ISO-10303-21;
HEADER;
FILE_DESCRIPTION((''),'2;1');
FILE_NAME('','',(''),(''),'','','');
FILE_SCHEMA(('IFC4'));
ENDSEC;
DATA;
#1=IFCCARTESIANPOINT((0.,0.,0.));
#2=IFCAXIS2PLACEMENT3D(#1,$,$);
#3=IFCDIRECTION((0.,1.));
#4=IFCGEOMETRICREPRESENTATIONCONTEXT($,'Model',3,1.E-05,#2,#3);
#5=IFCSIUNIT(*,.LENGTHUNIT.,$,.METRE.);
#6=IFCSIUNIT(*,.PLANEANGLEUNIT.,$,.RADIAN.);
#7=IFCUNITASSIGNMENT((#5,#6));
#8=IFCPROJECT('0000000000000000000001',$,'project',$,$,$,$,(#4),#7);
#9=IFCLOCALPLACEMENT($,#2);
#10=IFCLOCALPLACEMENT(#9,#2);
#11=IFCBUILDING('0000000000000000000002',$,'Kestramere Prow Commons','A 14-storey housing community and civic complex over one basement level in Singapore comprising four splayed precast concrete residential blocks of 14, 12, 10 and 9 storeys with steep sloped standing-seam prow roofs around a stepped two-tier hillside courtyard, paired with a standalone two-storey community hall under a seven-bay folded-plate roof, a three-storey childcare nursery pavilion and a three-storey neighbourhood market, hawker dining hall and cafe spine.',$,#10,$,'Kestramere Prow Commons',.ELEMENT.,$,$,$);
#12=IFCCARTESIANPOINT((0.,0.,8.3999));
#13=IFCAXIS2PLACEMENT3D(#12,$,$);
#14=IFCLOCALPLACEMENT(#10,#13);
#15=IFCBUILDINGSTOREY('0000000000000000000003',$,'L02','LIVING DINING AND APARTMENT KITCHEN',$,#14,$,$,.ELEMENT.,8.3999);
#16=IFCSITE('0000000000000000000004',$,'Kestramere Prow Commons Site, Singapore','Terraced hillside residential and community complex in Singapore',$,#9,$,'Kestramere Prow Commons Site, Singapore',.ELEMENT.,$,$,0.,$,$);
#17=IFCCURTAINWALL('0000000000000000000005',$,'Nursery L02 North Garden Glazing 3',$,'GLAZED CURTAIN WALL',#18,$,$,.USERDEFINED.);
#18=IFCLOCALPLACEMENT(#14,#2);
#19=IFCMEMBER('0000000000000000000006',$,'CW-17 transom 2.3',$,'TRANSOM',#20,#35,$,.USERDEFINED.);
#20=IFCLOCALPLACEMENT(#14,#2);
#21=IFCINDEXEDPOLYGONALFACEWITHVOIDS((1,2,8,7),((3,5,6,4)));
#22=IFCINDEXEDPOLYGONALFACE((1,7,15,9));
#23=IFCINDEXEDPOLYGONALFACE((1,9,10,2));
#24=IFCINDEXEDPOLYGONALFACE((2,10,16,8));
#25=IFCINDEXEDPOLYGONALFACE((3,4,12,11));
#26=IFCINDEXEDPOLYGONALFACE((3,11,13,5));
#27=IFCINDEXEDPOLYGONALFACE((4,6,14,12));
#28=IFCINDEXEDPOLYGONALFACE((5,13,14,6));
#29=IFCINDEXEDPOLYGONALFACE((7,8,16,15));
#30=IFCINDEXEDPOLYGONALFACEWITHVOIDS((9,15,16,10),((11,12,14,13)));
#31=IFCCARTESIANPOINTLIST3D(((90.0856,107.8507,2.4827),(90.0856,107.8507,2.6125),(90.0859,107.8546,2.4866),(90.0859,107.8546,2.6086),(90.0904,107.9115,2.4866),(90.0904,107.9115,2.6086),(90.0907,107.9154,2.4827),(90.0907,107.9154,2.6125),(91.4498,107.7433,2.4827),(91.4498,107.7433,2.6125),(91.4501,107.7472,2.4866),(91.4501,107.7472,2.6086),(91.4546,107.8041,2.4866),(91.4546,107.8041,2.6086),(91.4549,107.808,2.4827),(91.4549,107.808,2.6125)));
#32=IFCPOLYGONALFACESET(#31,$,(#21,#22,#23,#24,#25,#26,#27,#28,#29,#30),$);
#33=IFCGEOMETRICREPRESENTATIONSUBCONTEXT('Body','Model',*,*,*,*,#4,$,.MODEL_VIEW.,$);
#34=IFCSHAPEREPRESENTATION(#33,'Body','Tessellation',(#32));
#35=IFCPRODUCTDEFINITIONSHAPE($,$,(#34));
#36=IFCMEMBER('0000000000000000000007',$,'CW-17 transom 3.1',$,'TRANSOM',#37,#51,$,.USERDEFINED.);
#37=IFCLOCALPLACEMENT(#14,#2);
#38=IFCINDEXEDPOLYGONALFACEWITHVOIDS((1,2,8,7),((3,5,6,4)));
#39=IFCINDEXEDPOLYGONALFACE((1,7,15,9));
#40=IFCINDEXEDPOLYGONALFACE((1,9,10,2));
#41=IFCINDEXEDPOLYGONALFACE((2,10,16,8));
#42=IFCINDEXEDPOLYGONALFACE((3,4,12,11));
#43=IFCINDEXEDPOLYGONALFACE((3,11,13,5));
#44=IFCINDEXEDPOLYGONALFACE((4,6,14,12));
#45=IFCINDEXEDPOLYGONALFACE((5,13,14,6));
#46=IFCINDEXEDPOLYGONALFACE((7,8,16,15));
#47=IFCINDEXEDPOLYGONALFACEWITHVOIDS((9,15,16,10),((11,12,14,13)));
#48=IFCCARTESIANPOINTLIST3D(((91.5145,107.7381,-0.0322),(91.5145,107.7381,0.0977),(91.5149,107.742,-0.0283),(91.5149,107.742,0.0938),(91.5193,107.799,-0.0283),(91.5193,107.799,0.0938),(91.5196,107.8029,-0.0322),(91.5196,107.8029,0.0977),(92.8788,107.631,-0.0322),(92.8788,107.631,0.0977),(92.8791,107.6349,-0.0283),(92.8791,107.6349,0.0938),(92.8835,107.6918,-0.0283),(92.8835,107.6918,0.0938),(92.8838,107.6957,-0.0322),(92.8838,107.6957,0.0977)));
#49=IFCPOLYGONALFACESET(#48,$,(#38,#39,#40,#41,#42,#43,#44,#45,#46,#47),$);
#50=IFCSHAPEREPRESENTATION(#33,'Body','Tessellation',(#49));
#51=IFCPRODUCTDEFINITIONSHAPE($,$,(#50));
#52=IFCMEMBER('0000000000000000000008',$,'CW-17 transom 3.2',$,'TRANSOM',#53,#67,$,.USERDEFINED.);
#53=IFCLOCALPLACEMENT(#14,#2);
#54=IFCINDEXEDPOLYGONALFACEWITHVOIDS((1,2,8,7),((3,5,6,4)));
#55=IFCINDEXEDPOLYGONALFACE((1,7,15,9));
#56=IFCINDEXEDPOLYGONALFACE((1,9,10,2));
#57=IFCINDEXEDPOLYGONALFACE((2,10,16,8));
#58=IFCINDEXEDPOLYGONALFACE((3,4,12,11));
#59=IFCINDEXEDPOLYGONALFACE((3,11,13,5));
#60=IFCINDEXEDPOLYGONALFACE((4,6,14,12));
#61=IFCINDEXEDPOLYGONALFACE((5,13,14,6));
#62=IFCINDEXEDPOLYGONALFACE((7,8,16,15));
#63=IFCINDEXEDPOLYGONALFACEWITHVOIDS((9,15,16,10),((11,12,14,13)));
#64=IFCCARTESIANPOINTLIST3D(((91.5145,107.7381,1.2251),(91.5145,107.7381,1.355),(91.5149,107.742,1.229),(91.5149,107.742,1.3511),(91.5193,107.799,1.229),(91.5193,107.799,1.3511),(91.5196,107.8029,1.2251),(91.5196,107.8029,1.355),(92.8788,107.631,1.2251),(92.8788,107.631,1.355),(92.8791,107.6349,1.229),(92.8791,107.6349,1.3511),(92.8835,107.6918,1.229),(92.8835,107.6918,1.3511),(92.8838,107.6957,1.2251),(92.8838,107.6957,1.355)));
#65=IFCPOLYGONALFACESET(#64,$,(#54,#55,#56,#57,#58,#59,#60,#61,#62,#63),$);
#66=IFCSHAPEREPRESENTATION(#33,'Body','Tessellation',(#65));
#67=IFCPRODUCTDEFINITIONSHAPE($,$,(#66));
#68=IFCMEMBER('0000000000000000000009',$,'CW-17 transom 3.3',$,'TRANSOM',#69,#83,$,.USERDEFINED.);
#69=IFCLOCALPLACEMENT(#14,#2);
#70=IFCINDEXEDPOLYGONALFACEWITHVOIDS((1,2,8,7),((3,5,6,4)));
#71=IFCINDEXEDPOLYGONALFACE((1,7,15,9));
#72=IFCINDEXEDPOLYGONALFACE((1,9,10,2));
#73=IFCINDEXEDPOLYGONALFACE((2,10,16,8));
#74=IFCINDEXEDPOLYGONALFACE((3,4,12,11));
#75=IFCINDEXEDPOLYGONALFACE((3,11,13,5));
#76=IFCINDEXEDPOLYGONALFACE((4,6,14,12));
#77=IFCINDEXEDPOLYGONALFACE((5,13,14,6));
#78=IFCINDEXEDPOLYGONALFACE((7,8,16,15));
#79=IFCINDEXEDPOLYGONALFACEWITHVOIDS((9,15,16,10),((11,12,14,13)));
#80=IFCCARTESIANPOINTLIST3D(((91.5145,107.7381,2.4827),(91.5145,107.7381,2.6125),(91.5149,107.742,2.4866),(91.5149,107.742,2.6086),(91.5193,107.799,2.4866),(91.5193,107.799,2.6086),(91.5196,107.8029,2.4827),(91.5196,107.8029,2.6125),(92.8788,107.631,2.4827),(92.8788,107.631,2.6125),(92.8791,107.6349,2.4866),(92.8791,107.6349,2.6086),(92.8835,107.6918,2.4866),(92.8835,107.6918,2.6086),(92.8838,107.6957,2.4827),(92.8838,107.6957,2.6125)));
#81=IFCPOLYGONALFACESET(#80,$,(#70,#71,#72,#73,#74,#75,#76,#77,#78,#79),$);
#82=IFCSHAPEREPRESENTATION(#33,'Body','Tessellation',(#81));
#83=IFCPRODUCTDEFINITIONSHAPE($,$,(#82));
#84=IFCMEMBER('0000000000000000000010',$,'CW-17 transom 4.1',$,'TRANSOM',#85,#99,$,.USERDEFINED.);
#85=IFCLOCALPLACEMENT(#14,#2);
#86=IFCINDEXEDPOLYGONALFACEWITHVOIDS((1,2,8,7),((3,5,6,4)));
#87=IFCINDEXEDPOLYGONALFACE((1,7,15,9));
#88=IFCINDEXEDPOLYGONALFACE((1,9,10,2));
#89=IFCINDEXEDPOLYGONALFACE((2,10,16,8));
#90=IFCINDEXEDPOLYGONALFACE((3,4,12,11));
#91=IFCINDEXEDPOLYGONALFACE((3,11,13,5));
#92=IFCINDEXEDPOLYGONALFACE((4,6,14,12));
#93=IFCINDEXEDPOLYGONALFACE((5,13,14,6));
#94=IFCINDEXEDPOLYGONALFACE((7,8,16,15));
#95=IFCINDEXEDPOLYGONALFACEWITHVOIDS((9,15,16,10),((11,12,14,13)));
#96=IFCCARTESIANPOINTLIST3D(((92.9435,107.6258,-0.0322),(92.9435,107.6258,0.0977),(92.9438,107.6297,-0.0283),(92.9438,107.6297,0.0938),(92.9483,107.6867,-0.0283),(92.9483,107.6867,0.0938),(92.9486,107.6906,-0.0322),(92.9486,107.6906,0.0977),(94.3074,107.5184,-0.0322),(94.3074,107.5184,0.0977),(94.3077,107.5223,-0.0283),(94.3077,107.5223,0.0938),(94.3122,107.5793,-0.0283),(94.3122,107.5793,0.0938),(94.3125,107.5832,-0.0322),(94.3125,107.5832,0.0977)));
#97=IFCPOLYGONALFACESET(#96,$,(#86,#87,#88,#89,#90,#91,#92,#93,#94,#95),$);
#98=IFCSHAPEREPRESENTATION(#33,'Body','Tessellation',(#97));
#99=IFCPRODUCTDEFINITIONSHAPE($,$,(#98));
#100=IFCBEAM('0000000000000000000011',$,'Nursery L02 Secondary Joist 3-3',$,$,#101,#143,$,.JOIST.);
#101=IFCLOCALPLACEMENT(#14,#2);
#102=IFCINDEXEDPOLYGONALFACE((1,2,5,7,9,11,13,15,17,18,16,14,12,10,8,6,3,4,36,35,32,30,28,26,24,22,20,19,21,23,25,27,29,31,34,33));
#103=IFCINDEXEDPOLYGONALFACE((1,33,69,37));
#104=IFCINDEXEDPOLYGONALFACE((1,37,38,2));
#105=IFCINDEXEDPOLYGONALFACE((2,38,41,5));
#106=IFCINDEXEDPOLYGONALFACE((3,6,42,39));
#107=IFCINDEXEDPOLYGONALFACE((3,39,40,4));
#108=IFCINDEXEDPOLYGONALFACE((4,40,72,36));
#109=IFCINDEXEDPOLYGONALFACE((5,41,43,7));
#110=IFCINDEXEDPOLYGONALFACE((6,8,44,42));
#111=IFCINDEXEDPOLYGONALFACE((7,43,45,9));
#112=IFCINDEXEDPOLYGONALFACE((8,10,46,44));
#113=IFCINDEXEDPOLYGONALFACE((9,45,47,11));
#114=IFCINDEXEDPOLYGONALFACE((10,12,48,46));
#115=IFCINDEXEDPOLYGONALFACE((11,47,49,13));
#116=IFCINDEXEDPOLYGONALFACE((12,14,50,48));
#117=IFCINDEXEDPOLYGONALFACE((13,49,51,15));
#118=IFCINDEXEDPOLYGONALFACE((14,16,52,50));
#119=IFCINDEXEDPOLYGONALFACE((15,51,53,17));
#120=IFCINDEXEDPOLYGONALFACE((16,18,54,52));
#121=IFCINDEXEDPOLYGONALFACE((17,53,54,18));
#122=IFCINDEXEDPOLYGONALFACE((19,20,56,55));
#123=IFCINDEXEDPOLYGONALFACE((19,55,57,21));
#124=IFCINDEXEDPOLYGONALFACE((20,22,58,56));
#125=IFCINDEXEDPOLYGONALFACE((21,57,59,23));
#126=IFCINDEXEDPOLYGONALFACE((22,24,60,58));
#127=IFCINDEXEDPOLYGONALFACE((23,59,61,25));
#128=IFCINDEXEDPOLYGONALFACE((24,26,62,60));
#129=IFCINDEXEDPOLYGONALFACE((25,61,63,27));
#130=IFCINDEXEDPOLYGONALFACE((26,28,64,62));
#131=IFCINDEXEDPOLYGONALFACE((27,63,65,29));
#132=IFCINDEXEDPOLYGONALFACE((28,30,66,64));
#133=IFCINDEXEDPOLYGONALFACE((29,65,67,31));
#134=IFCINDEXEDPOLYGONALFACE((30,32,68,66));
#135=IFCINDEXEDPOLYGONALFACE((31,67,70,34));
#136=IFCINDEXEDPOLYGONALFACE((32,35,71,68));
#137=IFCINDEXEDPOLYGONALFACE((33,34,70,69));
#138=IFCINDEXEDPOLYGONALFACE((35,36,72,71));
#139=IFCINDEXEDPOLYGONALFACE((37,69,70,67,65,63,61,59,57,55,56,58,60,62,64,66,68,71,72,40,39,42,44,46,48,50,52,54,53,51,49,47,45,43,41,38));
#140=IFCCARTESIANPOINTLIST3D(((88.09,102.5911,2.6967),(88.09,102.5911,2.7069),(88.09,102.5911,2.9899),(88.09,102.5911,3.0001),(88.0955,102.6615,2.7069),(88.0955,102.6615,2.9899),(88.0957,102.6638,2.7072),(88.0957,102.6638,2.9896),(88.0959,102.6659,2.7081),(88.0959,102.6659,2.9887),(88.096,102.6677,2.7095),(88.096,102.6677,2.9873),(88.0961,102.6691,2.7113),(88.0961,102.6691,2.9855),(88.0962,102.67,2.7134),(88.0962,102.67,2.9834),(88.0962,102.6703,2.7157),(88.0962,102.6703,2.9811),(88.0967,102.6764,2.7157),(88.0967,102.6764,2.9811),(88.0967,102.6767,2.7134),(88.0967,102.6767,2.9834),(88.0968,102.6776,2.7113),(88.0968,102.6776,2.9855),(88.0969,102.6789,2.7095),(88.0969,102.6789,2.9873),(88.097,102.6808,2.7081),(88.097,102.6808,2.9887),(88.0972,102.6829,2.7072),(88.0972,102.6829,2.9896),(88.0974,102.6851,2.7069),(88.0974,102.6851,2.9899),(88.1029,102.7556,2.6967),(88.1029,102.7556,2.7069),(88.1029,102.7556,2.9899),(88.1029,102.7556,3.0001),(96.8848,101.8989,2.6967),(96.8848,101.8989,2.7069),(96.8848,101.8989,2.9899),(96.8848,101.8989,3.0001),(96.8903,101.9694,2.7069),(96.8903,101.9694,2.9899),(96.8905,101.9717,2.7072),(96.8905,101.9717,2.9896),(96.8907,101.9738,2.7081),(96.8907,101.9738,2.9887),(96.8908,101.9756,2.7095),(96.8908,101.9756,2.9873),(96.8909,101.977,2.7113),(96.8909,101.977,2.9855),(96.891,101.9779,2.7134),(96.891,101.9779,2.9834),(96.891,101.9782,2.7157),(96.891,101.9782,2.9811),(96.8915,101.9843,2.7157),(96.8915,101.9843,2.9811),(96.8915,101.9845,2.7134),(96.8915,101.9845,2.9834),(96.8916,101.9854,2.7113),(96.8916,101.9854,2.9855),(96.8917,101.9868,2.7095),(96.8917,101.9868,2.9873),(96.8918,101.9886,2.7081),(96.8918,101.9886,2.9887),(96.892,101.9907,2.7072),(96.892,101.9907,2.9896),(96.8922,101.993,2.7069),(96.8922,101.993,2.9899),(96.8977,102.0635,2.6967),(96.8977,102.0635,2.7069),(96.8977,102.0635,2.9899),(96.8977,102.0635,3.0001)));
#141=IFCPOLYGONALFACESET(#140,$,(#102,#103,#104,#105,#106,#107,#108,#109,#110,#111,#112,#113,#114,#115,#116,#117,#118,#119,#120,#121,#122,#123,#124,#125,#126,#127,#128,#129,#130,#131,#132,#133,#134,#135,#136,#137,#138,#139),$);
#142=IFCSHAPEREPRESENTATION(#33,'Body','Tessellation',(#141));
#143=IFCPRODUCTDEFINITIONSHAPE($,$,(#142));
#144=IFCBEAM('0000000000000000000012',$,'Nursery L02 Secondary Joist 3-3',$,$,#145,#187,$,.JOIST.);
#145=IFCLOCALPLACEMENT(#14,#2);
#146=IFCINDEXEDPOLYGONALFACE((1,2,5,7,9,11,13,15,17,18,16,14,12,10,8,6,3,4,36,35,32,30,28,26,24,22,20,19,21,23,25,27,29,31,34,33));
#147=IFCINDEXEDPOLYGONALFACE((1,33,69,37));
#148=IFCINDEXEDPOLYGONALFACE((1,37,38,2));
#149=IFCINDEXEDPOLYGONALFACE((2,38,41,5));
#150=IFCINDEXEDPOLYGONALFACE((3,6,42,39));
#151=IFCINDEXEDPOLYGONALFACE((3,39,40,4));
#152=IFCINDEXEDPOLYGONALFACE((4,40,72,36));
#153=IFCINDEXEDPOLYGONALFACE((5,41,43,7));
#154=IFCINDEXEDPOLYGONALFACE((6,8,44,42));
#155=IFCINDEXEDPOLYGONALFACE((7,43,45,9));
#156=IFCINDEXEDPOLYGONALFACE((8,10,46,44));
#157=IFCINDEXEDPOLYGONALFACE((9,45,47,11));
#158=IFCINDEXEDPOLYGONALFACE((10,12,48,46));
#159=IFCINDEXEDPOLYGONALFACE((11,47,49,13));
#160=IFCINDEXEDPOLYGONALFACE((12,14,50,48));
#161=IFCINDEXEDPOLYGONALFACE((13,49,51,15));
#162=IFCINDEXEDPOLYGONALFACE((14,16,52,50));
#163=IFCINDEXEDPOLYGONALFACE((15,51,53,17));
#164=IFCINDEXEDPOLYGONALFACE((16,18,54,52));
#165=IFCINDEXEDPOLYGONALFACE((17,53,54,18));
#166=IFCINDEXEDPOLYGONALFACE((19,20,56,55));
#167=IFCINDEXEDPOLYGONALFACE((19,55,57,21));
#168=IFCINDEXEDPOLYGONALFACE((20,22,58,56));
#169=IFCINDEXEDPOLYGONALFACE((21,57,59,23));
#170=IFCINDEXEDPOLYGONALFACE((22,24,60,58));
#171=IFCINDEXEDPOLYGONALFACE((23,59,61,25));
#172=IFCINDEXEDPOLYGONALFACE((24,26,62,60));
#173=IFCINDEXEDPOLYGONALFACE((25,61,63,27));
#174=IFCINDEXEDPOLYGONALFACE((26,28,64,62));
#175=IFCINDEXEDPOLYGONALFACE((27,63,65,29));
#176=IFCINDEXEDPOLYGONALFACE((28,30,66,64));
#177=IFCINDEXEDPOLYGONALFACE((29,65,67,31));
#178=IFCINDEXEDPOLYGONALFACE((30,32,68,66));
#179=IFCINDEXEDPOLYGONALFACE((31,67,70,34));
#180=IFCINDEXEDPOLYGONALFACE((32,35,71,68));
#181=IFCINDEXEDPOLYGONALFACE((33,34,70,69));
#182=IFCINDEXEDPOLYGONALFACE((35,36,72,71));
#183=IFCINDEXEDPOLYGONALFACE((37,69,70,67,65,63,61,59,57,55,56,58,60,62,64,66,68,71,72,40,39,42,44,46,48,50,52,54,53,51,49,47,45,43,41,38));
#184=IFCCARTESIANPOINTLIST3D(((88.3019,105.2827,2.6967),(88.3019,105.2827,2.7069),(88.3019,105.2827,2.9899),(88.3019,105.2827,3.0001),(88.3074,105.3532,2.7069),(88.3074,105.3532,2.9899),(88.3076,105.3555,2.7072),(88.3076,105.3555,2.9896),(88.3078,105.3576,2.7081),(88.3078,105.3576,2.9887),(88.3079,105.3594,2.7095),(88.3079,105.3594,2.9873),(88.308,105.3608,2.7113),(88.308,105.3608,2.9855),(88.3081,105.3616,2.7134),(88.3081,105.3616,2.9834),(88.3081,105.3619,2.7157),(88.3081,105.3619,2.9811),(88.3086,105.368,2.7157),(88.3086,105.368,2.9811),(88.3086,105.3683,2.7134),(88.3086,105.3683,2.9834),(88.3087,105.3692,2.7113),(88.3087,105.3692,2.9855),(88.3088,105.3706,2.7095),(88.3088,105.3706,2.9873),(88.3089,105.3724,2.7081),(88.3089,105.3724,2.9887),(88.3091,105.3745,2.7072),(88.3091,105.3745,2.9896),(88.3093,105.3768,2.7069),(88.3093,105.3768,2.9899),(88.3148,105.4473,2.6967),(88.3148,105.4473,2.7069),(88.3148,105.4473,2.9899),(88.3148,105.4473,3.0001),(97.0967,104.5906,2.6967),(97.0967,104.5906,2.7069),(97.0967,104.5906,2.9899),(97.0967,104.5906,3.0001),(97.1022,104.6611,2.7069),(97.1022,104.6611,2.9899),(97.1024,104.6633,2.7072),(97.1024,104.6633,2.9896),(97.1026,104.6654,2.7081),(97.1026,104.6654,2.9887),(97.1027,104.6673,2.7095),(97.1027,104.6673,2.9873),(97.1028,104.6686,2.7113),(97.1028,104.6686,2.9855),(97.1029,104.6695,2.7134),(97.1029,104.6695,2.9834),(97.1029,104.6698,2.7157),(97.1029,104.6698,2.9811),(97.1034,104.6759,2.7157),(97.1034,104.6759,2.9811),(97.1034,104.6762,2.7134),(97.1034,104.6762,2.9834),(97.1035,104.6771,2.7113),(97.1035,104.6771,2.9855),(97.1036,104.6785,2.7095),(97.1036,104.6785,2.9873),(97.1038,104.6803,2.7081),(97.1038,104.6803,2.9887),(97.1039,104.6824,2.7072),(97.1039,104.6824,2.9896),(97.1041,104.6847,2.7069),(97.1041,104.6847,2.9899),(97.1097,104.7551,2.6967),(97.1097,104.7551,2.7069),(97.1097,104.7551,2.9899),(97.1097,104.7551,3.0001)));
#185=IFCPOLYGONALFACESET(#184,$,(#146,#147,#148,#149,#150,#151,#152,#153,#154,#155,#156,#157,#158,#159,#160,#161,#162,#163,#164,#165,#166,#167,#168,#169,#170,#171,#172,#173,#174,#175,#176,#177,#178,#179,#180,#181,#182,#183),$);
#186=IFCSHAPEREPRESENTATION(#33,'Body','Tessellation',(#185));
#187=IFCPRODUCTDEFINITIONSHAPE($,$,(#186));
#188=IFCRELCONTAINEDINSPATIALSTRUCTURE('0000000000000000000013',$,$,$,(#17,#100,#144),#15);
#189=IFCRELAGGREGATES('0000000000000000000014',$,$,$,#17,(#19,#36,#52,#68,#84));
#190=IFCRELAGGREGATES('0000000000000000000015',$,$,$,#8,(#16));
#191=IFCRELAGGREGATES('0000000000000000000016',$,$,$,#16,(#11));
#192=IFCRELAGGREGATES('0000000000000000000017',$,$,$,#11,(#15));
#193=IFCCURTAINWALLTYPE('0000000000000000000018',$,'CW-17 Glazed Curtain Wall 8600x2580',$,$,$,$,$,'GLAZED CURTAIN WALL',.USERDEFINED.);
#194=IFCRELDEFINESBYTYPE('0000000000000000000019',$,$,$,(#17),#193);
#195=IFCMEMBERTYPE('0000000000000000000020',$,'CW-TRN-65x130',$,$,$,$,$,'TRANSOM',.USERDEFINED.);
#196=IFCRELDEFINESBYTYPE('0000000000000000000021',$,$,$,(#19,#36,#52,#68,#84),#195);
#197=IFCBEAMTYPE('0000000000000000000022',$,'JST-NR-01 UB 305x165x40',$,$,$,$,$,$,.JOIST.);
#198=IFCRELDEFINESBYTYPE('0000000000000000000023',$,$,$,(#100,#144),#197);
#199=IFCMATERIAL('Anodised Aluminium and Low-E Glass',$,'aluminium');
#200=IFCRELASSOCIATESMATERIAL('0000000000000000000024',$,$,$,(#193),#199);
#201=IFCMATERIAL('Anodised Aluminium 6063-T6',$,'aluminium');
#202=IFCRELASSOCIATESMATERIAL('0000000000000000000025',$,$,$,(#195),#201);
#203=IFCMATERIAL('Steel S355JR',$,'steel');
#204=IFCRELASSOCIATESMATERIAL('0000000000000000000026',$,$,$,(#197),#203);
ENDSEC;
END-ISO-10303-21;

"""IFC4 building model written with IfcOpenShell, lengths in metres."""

from ifc_helpers import new_model, si_unit, direction, frame, origin, origin_2d, place, context, subcontext, project, spatial, hollow_rectangle, i_section, extrude, material, material_profile, profile_set, type_object, element, aggregate, save


model = new_model("IFC4")

# Units and contexts
model_context = context("Model", 3, precision=1e-05, world=origin(), true_north=direction((0.0, 1.0)))
body_context = subcontext(model_context, "Body", "Model", "MODEL_VIEW")
ifc_project = project(units=[si_unit("LENGTHUNIT", "METRE"), si_unit("PLANEANGLEUNIT", "RADIAN")], contexts=[model_context])

# Site, building, storey
site_placement = place(None, origin())
site = spatial("IfcSite", under=ifc_project, at=site_placement, Name="Kestramere Prow Commons Site, Singapore", Description="Terraced hillside residential and community complex in Singapore", LongName="Kestramere Prow Commons Site, Singapore", CompositionType="ELEMENT", RefElevation=0.0)
building_placement = place(site_placement, origin())
building = spatial("IfcBuilding", under=site, at=building_placement, Name="Kestramere Prow Commons", Description="A 14-storey housing community and civic complex over one basement level in Singapore comprising four splayed precast concrete residential blocks of 14, 12, 10 and 9 storeys with steep sloped standing-seam prow roofs around a stepped two-tier hillside courtyard, paired with a standalone two-storey community hall under a seven-bay folded-plate roof, a three-storey childcare nursery pavilion and a three-storey neighbourhood market, hawker dining hall and cafe spine.", LongName="Kestramere Prow Commons", CompositionType="ELEMENT")
storey_placement = place(building_placement, frame((0.0, 0.0, 8.3999)))
storey = spatial("IfcBuildingStorey", under=building, at=storey_placement, Name="L02", Description="LIVING DINING AND APARTMENT KITCHEN", CompositionType="ELEMENT", Elevation=8.3999)

# Shared definitions
ifc_material_1 = material(Name="Steel S355JR", Category="steel")

# Shared definitions
ifc_material_2 = material(Name="Anodised Aluminium and Low-E Glass", Category="aluminium")
curtain_wall_type = type_object("IfcCurtainWallType", Name="CW-17 Glazed Curtain Wall 8600x2580", ElementType="GLAZED CURTAIN WALL", PredefinedType="USERDEFINED", material=ifc_material_2)
ifc_material_3 = material(Name="Anodised Aluminium 6063-T6", Category="aluminium")

# Curtain wall
curtain_wall_1_placement = place(storey_placement, origin())
curtain_wall_1 = element("IfcCurtainWall", 1, at=curtain_wall_1_placement, inside=storey, type_object=curtain_wall_type, Name="Nursery L02 North Garden Glazing 3", ObjectType="GLAZED CURTAIN WALL", PredefinedType="USERDEFINED")

# Members
ifc_material_profile_1 = material_profile(ifc_material_3, hollow_rectangle(XDim=0.0649, YDim=0.1299, WallThickness=0.0039, at=origin_2d()), Name="ALU-TRN 65x130")
ifc_profile_set_1 = profile_set([ifc_material_profile_1], Name="Anodised Aluminium 6063-T6")
member_type_1 = type_object("IfcMemberType", Name="CW-TRN-65x130", ElementType="TRANSOM", PredefinedType="USERDEFINED", material=ifc_profile_set_1)
member_1_placement = place(storey_placement, frame((90.0881, 107.8831, 2.5476), z_axis=(0.996914, -0.078497, 0.0), x_axis=(0.078497, 0.996914, 0.0)))
member_1 = element("IfcMember", 2, at=member_1_placement, type_object=member_type_1, Name="CW-17 transom 2.3", ObjectType="TRANSOM", PredefinedType="USERDEFINED", context=body_context, shape_type="SweptSolid", body=[
    extrude(hollow_rectangle(XDim=0.0649, YDim=0.1299, WallThickness=0.0039, at=origin_2d()), origin(), (0.0, 0.0, 1.0), 1.3684),
])
member_2_placement = place(storey_placement, frame((91.5171, 107.7705, 0.0327), z_axis=(0.996928, -0.07832, 0.0), x_axis=(0.07832, 0.996928, 0.0)))
member_2 = element("IfcMember", 3, at=member_2_placement, type_object=member_type_1, Name="CW-17 transom 3.1", ObjectType="TRANSOM", PredefinedType="USERDEFINED", context=body_context, shape_type="SweptSolid", body=[
    extrude(hollow_rectangle(XDim=0.0649, YDim=0.1299, WallThickness=0.0039, at=origin_2d()), origin(), (0.0, 0.0, 1.0), 1.3684),
])
member_3_placement = place(storey_placement, frame((91.5171, 107.7705, 1.29), z_axis=(0.996928, -0.07832, 0.0), x_axis=(0.07832, 0.996928, 0.0)))
member_3 = element("IfcMember", 4, at=member_3_placement, type_object=member_type_1, Name="CW-17 transom 3.2", ObjectType="TRANSOM", PredefinedType="USERDEFINED", context=body_context, shape_type="SweptSolid", body=[
    extrude(hollow_rectangle(XDim=0.0649, YDim=0.1299, WallThickness=0.0039, at=origin_2d()), origin(), (0.0, 0.0, 1.0), 1.3684),
])
member_4_placement = place(storey_placement, frame((91.5171, 107.7705, 2.5476), z_axis=(0.996928, -0.07832, 0.0), x_axis=(0.07832, 0.996928, 0.0)))
member_4 = element("IfcMember", 5, at=member_4_placement, type_object=member_type_1, Name="CW-17 transom 3.3", ObjectType="TRANSOM", PredefinedType="USERDEFINED", context=body_context, shape_type="SweptSolid", body=[
    extrude(hollow_rectangle(XDim=0.0649, YDim=0.1299, WallThickness=0.0039, at=origin_2d()), origin(), (0.0, 0.0, 1.0), 1.3684),
])
member_5_placement = place(storey_placement, frame((92.946, 107.6582, 0.0327), z_axis=(0.996913, -0.078511, 0.0), x_axis=(0.078511, 0.996913, 0.0)))
member_5 = element("IfcMember", 6, at=member_5_placement, type_object=member_type_1, Name="CW-17 transom 4.1", ObjectType="TRANSOM", PredefinedType="USERDEFINED", context=body_context, shape_type="SweptSolid", body=[
    extrude(hollow_rectangle(XDim=0.0649, YDim=0.1299, WallThickness=0.0039, at=origin_2d()), origin(), (0.0, 0.0, 1.0), 1.3682),
])

# Beams
ifc_material_profile_2 = material_profile(ifc_material_1, i_section(OverallWidth=0.165, OverallDepth=0.3035, WebThickness=0.0061, FlangeThickness=0.0103, FilletRadius=0.0088, at=origin_2d()), Name="UB 305x165x40")
ifc_profile_set_2 = profile_set([ifc_material_profile_2], Name="Steel S355JR")
beam_type_1 = type_object("IfcBeamType", Name="JST-NR-01 UB 305x165x40", PredefinedType="JOIST", material=ifc_profile_set_2)
for number, where, z_axis, x_axis, name in (
    (7, (88.0964, 102.6733, 2.8484), (0.996918, -0.078455, 0.0), (0.078455, 0.996918, 0.0), "Nursery L02 Secondary Joist 3-3"),
    (8, (88.3083, 105.365, 2.8484), (0.996918, -0.078455, 0.0), (0.078455, 0.996918, 0.0), "Nursery L02 Secondary Joist 3-3"),
):
    element("IfcBeam", number, at=place(storey_placement, frame(where, z_axis=z_axis, x_axis=x_axis)), inside=storey, type_object=beam_type_1, Name=name, PredefinedType="JOIST", context=body_context, shape_type="SweptSolid", body=[
        extrude(i_section(OverallWidth=0.165, OverallDepth=0.3035, WebThickness=0.0061, FlangeThickness=0.0103, FilletRadius=0.0088, at=origin_2d()), origin(), (0.0, 0.0, 1.0), 8.822),
    ])

aggregate(curtain_wall_1, [member_1, member_2, member_3, member_4, member_5])

save(model, "model.ifc")
